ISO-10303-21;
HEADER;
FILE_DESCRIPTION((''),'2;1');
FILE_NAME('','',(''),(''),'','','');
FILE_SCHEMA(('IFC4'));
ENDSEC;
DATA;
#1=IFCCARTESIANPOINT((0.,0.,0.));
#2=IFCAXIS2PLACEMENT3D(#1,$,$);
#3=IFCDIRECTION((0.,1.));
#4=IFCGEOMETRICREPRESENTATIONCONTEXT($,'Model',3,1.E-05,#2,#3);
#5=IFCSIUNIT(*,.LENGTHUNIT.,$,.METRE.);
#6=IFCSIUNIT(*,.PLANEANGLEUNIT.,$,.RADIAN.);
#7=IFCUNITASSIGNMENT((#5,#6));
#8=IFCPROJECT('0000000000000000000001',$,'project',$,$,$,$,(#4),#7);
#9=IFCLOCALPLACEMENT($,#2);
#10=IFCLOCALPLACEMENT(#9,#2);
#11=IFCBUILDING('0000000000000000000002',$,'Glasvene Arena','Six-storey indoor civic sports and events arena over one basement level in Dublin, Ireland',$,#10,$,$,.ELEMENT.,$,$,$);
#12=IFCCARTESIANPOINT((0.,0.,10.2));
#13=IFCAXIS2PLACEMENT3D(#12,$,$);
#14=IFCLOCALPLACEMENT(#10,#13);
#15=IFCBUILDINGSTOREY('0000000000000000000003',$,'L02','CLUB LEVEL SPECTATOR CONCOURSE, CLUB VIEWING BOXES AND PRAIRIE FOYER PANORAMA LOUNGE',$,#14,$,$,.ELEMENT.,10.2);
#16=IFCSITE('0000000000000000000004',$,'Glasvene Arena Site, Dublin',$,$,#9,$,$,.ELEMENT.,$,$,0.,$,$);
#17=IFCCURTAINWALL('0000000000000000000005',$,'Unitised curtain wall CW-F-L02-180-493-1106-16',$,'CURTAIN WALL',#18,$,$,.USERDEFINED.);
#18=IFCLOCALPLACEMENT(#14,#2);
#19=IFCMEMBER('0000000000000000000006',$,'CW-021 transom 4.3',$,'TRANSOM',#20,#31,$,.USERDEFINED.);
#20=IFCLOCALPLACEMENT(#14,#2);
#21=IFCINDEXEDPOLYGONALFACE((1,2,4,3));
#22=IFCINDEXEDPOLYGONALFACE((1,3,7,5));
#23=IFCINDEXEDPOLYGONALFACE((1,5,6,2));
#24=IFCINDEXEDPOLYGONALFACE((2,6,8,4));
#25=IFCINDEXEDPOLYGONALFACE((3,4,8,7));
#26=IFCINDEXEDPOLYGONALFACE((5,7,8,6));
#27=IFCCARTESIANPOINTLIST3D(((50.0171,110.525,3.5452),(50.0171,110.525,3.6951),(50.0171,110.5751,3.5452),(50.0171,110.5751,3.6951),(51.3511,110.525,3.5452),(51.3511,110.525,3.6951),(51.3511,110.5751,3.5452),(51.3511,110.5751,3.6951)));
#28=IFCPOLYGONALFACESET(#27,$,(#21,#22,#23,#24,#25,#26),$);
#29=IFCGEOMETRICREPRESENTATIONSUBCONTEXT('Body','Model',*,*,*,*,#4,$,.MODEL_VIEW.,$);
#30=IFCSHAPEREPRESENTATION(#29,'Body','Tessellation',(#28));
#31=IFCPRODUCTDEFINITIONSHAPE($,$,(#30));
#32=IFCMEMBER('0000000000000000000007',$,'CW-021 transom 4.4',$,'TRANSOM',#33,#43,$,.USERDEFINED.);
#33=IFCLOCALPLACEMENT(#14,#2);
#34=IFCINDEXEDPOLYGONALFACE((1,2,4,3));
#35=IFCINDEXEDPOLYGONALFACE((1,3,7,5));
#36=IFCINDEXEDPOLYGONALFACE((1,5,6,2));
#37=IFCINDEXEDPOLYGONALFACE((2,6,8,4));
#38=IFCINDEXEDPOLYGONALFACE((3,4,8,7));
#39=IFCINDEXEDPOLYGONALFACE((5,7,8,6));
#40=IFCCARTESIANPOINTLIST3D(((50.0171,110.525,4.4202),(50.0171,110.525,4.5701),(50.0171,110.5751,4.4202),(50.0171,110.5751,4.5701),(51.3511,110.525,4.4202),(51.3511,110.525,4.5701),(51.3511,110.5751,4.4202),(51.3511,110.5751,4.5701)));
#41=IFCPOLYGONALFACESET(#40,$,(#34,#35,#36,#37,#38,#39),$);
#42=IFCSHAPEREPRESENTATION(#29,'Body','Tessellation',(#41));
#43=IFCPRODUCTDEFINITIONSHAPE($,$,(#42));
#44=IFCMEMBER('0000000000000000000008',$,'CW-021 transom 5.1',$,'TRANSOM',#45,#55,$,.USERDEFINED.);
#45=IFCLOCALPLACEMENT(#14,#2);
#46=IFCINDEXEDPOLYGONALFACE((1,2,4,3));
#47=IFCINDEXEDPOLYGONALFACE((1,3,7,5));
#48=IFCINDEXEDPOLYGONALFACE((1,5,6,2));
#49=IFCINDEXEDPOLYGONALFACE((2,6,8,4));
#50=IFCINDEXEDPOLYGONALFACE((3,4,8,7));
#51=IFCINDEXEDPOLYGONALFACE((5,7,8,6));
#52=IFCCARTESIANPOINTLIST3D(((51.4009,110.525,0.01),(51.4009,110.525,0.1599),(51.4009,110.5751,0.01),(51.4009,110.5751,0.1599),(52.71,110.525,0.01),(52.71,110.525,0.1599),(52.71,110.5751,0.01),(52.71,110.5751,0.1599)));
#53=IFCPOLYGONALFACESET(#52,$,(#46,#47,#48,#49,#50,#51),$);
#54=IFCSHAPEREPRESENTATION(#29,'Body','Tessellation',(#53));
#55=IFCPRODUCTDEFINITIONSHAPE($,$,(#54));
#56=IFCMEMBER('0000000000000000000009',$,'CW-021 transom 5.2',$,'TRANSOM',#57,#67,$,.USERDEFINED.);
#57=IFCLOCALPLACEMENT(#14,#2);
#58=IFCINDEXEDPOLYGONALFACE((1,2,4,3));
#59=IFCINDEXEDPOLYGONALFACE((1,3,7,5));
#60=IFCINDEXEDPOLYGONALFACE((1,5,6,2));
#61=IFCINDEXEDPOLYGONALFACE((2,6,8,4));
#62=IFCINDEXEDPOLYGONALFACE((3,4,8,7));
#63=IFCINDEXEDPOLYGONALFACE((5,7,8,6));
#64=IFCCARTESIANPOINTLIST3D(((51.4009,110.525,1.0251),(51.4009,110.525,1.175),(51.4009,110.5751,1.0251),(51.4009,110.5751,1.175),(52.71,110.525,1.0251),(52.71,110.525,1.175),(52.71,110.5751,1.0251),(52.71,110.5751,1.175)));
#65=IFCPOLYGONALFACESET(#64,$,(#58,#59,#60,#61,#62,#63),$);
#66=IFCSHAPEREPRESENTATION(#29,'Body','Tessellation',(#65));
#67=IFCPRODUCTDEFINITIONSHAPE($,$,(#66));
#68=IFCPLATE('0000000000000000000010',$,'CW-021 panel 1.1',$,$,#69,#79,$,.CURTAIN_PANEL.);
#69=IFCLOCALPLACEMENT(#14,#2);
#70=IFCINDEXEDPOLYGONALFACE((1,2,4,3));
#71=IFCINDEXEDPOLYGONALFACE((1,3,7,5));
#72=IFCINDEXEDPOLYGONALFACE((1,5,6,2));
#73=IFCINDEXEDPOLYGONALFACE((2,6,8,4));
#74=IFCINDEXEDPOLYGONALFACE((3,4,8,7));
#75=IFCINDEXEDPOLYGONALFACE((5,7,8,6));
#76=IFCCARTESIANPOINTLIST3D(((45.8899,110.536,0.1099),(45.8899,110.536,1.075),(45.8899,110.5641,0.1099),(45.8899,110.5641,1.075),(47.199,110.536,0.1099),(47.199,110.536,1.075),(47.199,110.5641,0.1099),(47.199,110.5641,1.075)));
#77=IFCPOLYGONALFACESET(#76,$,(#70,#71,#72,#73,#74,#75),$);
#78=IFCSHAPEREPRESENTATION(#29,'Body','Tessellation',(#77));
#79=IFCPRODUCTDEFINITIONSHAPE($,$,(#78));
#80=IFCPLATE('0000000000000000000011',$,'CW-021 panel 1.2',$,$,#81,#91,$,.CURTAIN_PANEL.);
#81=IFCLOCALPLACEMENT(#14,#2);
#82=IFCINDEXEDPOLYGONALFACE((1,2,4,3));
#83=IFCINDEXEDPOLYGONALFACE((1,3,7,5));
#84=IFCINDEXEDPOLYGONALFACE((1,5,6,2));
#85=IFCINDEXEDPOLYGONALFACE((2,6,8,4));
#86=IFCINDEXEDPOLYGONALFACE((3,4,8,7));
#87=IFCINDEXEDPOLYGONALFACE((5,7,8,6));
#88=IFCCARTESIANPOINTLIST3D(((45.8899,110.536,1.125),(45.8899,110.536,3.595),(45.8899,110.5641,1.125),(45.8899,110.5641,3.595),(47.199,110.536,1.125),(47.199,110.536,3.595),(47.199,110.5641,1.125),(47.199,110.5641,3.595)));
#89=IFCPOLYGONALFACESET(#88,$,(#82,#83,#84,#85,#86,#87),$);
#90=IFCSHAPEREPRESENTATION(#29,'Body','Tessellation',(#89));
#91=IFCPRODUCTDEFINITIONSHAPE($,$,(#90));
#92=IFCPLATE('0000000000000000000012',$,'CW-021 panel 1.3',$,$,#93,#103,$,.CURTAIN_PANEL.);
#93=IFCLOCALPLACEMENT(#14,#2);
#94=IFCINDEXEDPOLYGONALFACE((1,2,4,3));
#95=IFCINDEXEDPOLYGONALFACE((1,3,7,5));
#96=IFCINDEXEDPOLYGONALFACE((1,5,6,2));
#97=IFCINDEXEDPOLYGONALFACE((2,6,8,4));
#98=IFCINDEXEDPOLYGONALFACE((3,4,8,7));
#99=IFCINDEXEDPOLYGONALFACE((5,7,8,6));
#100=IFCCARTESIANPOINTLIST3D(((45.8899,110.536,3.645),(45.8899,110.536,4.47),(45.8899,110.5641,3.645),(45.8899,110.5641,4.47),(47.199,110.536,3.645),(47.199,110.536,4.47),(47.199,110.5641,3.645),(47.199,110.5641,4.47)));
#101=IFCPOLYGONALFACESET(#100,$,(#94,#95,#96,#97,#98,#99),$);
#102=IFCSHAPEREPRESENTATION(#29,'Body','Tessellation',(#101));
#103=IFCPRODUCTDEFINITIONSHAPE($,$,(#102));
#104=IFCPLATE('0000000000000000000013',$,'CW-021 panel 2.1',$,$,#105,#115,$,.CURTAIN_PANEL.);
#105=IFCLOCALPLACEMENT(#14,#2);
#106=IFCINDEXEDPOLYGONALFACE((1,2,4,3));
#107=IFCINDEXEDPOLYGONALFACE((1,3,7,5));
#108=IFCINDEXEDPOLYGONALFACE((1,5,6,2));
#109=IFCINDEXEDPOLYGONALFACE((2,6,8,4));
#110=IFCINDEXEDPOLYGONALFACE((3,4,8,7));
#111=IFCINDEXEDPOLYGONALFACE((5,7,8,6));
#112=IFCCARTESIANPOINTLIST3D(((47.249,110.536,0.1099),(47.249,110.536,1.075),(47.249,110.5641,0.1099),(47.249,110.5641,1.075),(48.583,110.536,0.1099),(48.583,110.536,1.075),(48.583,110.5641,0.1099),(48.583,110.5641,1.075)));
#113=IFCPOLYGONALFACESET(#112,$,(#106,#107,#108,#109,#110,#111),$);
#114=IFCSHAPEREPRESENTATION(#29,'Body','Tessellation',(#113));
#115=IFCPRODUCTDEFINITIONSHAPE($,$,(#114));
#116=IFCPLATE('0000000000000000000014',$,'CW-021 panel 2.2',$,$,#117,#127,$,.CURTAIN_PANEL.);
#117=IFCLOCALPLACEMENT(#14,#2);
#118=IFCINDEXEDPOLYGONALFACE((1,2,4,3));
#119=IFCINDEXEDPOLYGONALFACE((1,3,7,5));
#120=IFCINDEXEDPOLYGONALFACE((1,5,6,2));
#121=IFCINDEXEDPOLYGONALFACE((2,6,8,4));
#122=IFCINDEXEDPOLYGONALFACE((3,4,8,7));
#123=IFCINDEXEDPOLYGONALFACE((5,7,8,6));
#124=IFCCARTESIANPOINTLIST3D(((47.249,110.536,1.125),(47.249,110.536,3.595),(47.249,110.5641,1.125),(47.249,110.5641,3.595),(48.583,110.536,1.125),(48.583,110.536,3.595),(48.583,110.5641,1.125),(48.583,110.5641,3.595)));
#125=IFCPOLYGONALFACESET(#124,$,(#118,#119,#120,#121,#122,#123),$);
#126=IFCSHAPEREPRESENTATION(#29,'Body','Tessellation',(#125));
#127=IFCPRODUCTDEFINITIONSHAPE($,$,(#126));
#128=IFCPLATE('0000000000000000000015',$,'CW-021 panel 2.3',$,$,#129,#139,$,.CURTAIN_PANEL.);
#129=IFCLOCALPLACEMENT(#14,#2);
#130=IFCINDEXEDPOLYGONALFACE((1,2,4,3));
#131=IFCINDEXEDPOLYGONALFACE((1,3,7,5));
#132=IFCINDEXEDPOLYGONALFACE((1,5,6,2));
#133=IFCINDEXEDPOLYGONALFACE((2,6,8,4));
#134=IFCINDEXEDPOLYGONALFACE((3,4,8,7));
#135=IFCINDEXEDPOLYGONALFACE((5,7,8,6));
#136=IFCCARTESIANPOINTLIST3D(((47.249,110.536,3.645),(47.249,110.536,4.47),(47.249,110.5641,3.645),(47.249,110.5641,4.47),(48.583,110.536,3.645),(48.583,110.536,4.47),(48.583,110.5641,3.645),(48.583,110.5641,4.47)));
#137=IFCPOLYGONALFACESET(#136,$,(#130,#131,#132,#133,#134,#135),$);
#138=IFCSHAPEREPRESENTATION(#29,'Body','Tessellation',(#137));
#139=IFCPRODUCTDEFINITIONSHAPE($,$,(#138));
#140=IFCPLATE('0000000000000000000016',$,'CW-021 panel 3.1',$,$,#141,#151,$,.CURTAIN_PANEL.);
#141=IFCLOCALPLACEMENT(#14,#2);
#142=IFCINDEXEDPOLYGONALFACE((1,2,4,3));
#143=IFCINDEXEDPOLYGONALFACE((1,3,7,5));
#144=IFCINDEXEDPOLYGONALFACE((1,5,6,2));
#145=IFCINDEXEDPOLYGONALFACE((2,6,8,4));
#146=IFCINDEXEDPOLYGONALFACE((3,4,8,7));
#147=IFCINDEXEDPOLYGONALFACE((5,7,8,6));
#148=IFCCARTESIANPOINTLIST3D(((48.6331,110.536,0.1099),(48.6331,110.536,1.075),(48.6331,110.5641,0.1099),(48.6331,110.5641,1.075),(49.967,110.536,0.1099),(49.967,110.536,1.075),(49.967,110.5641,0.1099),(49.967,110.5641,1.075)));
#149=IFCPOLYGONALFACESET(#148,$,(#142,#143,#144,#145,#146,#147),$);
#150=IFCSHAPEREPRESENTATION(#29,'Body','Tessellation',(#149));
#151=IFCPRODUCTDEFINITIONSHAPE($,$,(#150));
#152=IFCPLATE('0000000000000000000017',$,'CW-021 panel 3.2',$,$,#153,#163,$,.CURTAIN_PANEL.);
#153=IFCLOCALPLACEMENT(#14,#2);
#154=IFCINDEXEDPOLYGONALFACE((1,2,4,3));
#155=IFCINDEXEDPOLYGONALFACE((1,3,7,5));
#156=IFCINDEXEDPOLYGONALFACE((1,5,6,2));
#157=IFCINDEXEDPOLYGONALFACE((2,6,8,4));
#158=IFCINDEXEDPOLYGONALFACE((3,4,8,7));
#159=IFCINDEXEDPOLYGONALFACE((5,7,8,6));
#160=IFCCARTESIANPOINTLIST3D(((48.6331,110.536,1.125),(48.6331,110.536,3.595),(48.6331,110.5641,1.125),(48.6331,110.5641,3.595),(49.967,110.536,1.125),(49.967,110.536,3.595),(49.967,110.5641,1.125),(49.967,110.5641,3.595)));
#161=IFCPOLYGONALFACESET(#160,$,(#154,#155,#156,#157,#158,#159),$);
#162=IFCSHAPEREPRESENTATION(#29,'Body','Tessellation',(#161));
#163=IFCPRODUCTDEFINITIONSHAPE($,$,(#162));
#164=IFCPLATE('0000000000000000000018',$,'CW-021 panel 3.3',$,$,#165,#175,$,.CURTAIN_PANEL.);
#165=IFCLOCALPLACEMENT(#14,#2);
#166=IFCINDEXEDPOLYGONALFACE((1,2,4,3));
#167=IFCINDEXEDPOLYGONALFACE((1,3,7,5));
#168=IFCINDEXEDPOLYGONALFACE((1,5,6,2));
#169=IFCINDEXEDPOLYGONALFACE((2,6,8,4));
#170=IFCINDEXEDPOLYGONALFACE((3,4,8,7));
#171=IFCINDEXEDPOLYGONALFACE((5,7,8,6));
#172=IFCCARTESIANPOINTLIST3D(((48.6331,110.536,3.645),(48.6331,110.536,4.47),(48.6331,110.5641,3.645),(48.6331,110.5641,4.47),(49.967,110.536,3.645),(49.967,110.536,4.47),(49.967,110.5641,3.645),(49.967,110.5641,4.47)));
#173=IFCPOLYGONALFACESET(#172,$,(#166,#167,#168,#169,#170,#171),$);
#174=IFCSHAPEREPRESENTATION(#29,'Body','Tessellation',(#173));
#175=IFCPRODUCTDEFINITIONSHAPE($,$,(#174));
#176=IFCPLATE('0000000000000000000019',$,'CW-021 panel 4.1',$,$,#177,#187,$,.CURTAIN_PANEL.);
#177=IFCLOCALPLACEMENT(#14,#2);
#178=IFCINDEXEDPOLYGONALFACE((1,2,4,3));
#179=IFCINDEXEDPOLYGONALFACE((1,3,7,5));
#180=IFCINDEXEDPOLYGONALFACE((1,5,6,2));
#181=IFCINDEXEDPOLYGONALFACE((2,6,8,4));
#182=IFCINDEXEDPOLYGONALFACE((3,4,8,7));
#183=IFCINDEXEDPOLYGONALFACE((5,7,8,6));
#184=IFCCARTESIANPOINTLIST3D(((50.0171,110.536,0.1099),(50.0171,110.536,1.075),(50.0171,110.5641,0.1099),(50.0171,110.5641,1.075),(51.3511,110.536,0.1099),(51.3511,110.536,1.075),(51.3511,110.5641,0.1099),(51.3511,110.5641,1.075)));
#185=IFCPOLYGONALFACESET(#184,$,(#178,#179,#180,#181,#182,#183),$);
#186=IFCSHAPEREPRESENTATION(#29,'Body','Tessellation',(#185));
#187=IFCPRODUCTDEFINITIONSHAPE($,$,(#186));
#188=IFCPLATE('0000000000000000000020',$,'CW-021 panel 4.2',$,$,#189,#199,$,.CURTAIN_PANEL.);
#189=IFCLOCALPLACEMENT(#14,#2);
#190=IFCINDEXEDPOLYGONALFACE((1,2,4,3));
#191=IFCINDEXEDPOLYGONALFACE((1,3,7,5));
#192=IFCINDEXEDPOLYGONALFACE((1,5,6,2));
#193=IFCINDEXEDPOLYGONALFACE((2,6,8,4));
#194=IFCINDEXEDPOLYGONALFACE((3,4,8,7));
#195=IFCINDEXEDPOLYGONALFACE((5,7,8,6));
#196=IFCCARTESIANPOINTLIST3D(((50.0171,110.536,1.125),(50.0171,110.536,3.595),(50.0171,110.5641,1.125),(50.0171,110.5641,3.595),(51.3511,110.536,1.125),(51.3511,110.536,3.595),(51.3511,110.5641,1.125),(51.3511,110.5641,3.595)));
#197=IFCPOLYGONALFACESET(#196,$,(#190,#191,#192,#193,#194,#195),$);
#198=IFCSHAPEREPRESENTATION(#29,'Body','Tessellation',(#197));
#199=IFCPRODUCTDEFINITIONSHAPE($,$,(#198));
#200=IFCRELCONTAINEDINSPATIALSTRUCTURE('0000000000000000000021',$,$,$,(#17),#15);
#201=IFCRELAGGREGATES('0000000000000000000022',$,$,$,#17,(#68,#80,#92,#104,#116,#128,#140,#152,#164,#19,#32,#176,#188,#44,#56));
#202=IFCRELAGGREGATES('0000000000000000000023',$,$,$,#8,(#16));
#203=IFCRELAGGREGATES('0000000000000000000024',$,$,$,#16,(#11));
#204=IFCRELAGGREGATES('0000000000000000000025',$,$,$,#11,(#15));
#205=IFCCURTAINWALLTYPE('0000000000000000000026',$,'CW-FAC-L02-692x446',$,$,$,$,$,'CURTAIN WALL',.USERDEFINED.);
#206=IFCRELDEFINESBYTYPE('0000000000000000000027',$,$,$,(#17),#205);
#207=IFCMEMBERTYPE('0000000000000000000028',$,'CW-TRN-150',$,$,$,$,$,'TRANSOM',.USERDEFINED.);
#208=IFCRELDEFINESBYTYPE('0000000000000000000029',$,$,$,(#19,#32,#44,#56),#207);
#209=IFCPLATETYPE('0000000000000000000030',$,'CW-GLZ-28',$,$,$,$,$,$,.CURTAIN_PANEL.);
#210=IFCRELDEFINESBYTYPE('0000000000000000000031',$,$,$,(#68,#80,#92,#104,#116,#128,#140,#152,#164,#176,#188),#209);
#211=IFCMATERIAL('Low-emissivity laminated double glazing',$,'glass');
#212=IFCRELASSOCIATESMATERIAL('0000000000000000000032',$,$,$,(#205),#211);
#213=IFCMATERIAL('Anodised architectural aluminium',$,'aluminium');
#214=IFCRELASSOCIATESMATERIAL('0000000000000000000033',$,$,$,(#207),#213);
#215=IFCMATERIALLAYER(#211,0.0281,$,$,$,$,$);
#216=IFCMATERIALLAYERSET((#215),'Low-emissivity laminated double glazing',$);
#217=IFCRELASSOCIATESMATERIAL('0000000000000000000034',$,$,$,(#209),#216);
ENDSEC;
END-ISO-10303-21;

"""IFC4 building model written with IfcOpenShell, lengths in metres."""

from ifc_helpers import new_model, si_unit, direction, frame, origin, origin_2d, place, context, subcontext, project, spatial, rectangle, extrude, material, layer, layer_set, material_profile, profile_set, type_object, element, aggregate, save


model = new_model("IFC4")

# Units and contexts
model_context = context("Model", 3, precision=1e-05, world=origin(), true_north=direction((0.0, 1.0)))
body_context = subcontext(model_context, "Body", "Model", "MODEL_VIEW")
ifc_project = project(units=[si_unit("LENGTHUNIT", "METRE"), si_unit("PLANEANGLEUNIT", "RADIAN")], contexts=[model_context])

# Site, building, storey
site_placement = place(None, origin())
site = spatial("IfcSite", under=ifc_project, at=site_placement, Name="Glasvene Arena Site, Dublin", CompositionType="ELEMENT", RefElevation=0.0)
building_placement = place(site_placement, origin())
building = spatial("IfcBuilding", under=site, at=building_placement, Name="Glasvene Arena", Description="Six-storey indoor civic sports and events arena over one basement level in Dublin, Ireland", CompositionType="ELEMENT")
storey_placement = place(building_placement, frame((0.0, 0.0, 10.2)))
storey = spatial("IfcBuildingStorey", under=building, at=storey_placement, Name="L02", Description="CLUB LEVEL SPECTATOR CONCOURSE, CLUB VIEWING BOXES AND PRAIRIE FOYER PANORAMA LOUNGE", CompositionType="ELEMENT", Elevation=10.2)

# Curtain wall, members, plates
ifc_material_1 = material(Name="Low-emissivity laminated double glazing", Category="glass")
curtain_wall_type = type_object("IfcCurtainWallType", Name="CW-FAC-L02-692x446", ElementType="CURTAIN WALL", PredefinedType="USERDEFINED", material=ifc_material_1)
curtain_wall_placement = place(storey_placement, frame((45.8401, 110.55, 0.0)))
curtain_wall = element("IfcCurtainWall", 1, at=curtain_wall_placement, inside=storey, type_object=curtain_wall_type, Name="Unitised curtain wall CW-F-L02-180-493-1106-16", ObjectType="CURTAIN WALL", PredefinedType="USERDEFINED")
ifc_material_2 = material(Name="Anodised architectural aluminium", Category="aluminium")
ifc_material_profile_1 = material_profile(ifc_material_2, rectangle(XDim=0.05, YDim=0.1499, at=origin_2d()), Name="ALU TRANSOM 50x150")
ifc_profile_set_1 = profile_set([ifc_material_profile_1], Name="Anodised architectural aluminium")
member_type_1 = type_object("IfcMemberType", Name="CW-TRN-150", ElementType="TRANSOM", PredefinedType="USERDEFINED", material=ifc_profile_set_1)
member_1_placement = place(storey_placement, frame((50.0171, 110.55, 3.6201), z_axis=(1.0, 0.0, 0.0), x_axis=(0.0, 1.0, 0.0)))
member_1 = element("IfcMember", 2, at=member_1_placement, type_object=member_type_1, Name="CW-021 transom 4.3", ObjectType="TRANSOM", PredefinedType="USERDEFINED", context=body_context, shape_type="SweptSolid", body=[
    extrude(rectangle(XDim=0.05, YDim=0.1499, at=origin_2d()), origin(), (0.0, 0.0, 1.0), 1.334),
])
member_2_placement = place(storey_placement, frame((50.0171, 110.55, 4.4951), z_axis=(1.0, 0.0, 0.0), x_axis=(0.0, 1.0, 0.0)))
member_2 = element("IfcMember", 3, at=member_2_placement, type_object=member_type_1, Name="CW-021 transom 4.4", ObjectType="TRANSOM", PredefinedType="USERDEFINED", context=body_context, shape_type="SweptSolid", body=[
    extrude(rectangle(XDim=0.05, YDim=0.1499, at=origin_2d()), origin(), (0.0, 0.0, 1.0), 1.334),
])
member_3_placement = place(storey_placement, frame((51.4009, 110.55, 0.085), z_axis=(1.0, 0.0, 0.0), x_axis=(0.0, 1.0, 0.0)))
member_3 = element("IfcMember", 4, at=member_3_placement, type_object=member_type_1, Name="CW-021 transom 5.1", ObjectType="TRANSOM", PredefinedType="USERDEFINED", context=body_context, shape_type="SweptSolid", body=[
    extrude(rectangle(XDim=0.05, YDim=0.1499, at=origin_2d()), origin(), (0.0, 0.0, 1.0), 1.3091),
])
member_4_placement = place(storey_placement, frame((51.4009, 110.55, 1.1001), z_axis=(1.0, 0.0, 0.0), x_axis=(0.0, 1.0, 0.0)))
member_4 = element("IfcMember", 5, at=member_4_placement, type_object=member_type_1, Name="CW-021 transom 5.2", ObjectType="TRANSOM", PredefinedType="USERDEFINED", context=body_context, shape_type="SweptSolid", body=[
    extrude(rectangle(XDim=0.05, YDim=0.1499, at=origin_2d()), origin(), (0.0, 0.0, 1.0), 1.3091),
])
ifc_layer_1 = layer(ifc_material_1, 0.0281)
ifc_layer_set_1 = layer_set([ifc_layer_1], Name="Low-emissivity laminated double glazing")
plate_type = type_object("IfcPlateType", Name="CW-GLZ-28", PredefinedType="CURTAIN_PANEL", material=ifc_layer_set_1)
plate_1_placement = place(storey_placement, frame((46.5444, 110.55, 0.1099), z_axis=(0.0, 0.0, 1.0), x_axis=(1.0, 0.0, 0.0)))
plate_1 = element("IfcPlate", 6, at=plate_1_placement, type_object=plate_type, Name="CW-021 panel 1.1", PredefinedType="CURTAIN_PANEL", context=body_context, shape_type="SweptSolid", body=[
    extrude(rectangle(XDim=1.3091, YDim=0.0281, at=origin_2d()), origin(), (0.0, 0.0, 1.0), 0.9651),
])
plate_2_placement = place(storey_placement, frame((46.5444, 110.55, 1.125), z_axis=(0.0, 0.0, 1.0), x_axis=(1.0, 0.0, 0.0)))
plate_2 = element("IfcPlate", 7, at=plate_2_placement, type_object=plate_type, Name="CW-021 panel 1.2", PredefinedType="CURTAIN_PANEL", context=body_context, shape_type="SweptSolid", body=[
    extrude(rectangle(XDim=1.3091, YDim=0.0281, at=origin_2d()), origin(), (0.0, 0.0, 1.0), 2.47),
])
plate_3_placement = place(storey_placement, frame((46.5444, 110.55, 3.645), z_axis=(0.0, 0.0, 1.0), x_axis=(1.0, 0.0, 0.0)))
plate_3 = element("IfcPlate", 8, at=plate_3_placement, type_object=plate_type, Name="CW-021 panel 1.3", PredefinedType="CURTAIN_PANEL", context=body_context, shape_type="SweptSolid", body=[
    extrude(rectangle(XDim=1.3091, YDim=0.0281, at=origin_2d()), origin(), (0.0, 0.0, 1.0), 0.825),
])
plate_4_placement = place(storey_placement, frame((47.916, 110.55, 0.1099), z_axis=(0.0, 0.0, 1.0), x_axis=(1.0, 0.0, 0.0)))
plate_4 = element("IfcPlate", 9, at=plate_4_placement, type_object=plate_type, Name="CW-021 panel 2.1", PredefinedType="CURTAIN_PANEL", context=body_context, shape_type="SweptSolid", body=[
    extrude(rectangle(XDim=1.334, YDim=0.0281, at=origin_2d()), origin(), (0.0, 0.0, 1.0), 0.9651),
])
plate_5_placement = place(storey_placement, frame((47.916, 110.55, 1.125), z_axis=(0.0, 0.0, 1.0), x_axis=(1.0, 0.0, 0.0)))
plate_5 = element("IfcPlate", 10, at=plate_5_placement, type_object=plate_type, Name="CW-021 panel 2.2", PredefinedType="CURTAIN_PANEL", context=body_context, shape_type="SweptSolid", body=[
    extrude(rectangle(XDim=1.334, YDim=0.0281, at=origin_2d()), origin(), (0.0, 0.0, 1.0), 2.47),
])
plate_6_placement = place(storey_placement, frame((47.916, 110.55, 3.645), z_axis=(0.0, 0.0, 1.0), x_axis=(1.0, 0.0, 0.0)))
plate_6 = element("IfcPlate", 11, at=plate_6_placement, type_object=plate_type, Name="CW-021 panel 2.3", PredefinedType="CURTAIN_PANEL", context=body_context, shape_type="SweptSolid", body=[
    extrude(rectangle(XDim=1.334, YDim=0.0281, at=origin_2d()), origin(), (0.0, 0.0, 1.0), 0.825),
])
plate_7_placement = place(storey_placement, frame((49.3, 110.55, 0.1099), z_axis=(0.0, 0.0, 1.0), x_axis=(1.0, 0.0, 0.0)))
plate_7 = element("IfcPlate", 12, at=plate_7_placement, type_object=plate_type, Name="CW-021 panel 3.1", PredefinedType="CURTAIN_PANEL", context=body_context, shape_type="SweptSolid", body=[
    extrude(rectangle(XDim=1.334, YDim=0.0281, at=origin_2d()), origin(), (0.0, 0.0, 1.0), 0.9651),
])
plate_8_placement = place(storey_placement, frame((49.3, 110.55, 1.125), z_axis=(0.0, 0.0, 1.0), x_axis=(1.0, 0.0, 0.0)))
plate_8 = element("IfcPlate", 13, at=plate_8_placement, type_object=plate_type, Name="CW-021 panel 3.2", PredefinedType="CURTAIN_PANEL", context=body_context, shape_type="SweptSolid", body=[
    extrude(rectangle(XDim=1.334, YDim=0.0281, at=origin_2d()), origin(), (0.0, 0.0, 1.0), 2.47),
])
plate_9_placement = place(storey_placement, frame((49.3, 110.55, 3.645), z_axis=(0.0, 0.0, 1.0), x_axis=(1.0, 0.0, 0.0)))
plate_9 = element("IfcPlate", 14, at=plate_9_placement, type_object=plate_type, Name="CW-021 panel 3.3", PredefinedType="CURTAIN_PANEL", context=body_context, shape_type="SweptSolid", body=[
    extrude(rectangle(XDim=1.334, YDim=0.0281, at=origin_2d()), origin(), (0.0, 0.0, 1.0), 0.825),
])
plate_10_placement = place(storey_placement, frame((50.6841, 110.55, 0.1099), z_axis=(0.0, 0.0, 1.0), x_axis=(1.0, 0.0, 0.0)))
plate_10 = element("IfcPlate", 15, at=plate_10_placement, type_object=plate_type, Name="CW-021 panel 4.1", PredefinedType="CURTAIN_PANEL", context=body_context, shape_type="SweptSolid", body=[
    extrude(rectangle(XDim=1.334, YDim=0.0281, at=origin_2d()), origin(), (0.0, 0.0, 1.0), 0.9651),
])
plate_11_placement = place(storey_placement, frame((50.6841, 110.55, 1.125), z_axis=(0.0, 0.0, 1.0), x_axis=(1.0, 0.0, 0.0)))
plate_11 = element("IfcPlate", 16, at=plate_11_placement, type_object=plate_type, Name="CW-021 panel 4.2", PredefinedType="CURTAIN_PANEL", context=body_context, shape_type="SweptSolid", body=[
    extrude(rectangle(XDim=1.334, YDim=0.0281, at=origin_2d()), origin(), (0.0, 0.0, 1.0), 2.47),
])
aggregate(curtain_wall, [plate_1, plate_2, plate_3, plate_4, plate_5, plate_6, plate_7, plate_8, plate_9, member_1, member_2, plate_10, plate_11, member_3, member_4])

save(model, "model.ifc")
